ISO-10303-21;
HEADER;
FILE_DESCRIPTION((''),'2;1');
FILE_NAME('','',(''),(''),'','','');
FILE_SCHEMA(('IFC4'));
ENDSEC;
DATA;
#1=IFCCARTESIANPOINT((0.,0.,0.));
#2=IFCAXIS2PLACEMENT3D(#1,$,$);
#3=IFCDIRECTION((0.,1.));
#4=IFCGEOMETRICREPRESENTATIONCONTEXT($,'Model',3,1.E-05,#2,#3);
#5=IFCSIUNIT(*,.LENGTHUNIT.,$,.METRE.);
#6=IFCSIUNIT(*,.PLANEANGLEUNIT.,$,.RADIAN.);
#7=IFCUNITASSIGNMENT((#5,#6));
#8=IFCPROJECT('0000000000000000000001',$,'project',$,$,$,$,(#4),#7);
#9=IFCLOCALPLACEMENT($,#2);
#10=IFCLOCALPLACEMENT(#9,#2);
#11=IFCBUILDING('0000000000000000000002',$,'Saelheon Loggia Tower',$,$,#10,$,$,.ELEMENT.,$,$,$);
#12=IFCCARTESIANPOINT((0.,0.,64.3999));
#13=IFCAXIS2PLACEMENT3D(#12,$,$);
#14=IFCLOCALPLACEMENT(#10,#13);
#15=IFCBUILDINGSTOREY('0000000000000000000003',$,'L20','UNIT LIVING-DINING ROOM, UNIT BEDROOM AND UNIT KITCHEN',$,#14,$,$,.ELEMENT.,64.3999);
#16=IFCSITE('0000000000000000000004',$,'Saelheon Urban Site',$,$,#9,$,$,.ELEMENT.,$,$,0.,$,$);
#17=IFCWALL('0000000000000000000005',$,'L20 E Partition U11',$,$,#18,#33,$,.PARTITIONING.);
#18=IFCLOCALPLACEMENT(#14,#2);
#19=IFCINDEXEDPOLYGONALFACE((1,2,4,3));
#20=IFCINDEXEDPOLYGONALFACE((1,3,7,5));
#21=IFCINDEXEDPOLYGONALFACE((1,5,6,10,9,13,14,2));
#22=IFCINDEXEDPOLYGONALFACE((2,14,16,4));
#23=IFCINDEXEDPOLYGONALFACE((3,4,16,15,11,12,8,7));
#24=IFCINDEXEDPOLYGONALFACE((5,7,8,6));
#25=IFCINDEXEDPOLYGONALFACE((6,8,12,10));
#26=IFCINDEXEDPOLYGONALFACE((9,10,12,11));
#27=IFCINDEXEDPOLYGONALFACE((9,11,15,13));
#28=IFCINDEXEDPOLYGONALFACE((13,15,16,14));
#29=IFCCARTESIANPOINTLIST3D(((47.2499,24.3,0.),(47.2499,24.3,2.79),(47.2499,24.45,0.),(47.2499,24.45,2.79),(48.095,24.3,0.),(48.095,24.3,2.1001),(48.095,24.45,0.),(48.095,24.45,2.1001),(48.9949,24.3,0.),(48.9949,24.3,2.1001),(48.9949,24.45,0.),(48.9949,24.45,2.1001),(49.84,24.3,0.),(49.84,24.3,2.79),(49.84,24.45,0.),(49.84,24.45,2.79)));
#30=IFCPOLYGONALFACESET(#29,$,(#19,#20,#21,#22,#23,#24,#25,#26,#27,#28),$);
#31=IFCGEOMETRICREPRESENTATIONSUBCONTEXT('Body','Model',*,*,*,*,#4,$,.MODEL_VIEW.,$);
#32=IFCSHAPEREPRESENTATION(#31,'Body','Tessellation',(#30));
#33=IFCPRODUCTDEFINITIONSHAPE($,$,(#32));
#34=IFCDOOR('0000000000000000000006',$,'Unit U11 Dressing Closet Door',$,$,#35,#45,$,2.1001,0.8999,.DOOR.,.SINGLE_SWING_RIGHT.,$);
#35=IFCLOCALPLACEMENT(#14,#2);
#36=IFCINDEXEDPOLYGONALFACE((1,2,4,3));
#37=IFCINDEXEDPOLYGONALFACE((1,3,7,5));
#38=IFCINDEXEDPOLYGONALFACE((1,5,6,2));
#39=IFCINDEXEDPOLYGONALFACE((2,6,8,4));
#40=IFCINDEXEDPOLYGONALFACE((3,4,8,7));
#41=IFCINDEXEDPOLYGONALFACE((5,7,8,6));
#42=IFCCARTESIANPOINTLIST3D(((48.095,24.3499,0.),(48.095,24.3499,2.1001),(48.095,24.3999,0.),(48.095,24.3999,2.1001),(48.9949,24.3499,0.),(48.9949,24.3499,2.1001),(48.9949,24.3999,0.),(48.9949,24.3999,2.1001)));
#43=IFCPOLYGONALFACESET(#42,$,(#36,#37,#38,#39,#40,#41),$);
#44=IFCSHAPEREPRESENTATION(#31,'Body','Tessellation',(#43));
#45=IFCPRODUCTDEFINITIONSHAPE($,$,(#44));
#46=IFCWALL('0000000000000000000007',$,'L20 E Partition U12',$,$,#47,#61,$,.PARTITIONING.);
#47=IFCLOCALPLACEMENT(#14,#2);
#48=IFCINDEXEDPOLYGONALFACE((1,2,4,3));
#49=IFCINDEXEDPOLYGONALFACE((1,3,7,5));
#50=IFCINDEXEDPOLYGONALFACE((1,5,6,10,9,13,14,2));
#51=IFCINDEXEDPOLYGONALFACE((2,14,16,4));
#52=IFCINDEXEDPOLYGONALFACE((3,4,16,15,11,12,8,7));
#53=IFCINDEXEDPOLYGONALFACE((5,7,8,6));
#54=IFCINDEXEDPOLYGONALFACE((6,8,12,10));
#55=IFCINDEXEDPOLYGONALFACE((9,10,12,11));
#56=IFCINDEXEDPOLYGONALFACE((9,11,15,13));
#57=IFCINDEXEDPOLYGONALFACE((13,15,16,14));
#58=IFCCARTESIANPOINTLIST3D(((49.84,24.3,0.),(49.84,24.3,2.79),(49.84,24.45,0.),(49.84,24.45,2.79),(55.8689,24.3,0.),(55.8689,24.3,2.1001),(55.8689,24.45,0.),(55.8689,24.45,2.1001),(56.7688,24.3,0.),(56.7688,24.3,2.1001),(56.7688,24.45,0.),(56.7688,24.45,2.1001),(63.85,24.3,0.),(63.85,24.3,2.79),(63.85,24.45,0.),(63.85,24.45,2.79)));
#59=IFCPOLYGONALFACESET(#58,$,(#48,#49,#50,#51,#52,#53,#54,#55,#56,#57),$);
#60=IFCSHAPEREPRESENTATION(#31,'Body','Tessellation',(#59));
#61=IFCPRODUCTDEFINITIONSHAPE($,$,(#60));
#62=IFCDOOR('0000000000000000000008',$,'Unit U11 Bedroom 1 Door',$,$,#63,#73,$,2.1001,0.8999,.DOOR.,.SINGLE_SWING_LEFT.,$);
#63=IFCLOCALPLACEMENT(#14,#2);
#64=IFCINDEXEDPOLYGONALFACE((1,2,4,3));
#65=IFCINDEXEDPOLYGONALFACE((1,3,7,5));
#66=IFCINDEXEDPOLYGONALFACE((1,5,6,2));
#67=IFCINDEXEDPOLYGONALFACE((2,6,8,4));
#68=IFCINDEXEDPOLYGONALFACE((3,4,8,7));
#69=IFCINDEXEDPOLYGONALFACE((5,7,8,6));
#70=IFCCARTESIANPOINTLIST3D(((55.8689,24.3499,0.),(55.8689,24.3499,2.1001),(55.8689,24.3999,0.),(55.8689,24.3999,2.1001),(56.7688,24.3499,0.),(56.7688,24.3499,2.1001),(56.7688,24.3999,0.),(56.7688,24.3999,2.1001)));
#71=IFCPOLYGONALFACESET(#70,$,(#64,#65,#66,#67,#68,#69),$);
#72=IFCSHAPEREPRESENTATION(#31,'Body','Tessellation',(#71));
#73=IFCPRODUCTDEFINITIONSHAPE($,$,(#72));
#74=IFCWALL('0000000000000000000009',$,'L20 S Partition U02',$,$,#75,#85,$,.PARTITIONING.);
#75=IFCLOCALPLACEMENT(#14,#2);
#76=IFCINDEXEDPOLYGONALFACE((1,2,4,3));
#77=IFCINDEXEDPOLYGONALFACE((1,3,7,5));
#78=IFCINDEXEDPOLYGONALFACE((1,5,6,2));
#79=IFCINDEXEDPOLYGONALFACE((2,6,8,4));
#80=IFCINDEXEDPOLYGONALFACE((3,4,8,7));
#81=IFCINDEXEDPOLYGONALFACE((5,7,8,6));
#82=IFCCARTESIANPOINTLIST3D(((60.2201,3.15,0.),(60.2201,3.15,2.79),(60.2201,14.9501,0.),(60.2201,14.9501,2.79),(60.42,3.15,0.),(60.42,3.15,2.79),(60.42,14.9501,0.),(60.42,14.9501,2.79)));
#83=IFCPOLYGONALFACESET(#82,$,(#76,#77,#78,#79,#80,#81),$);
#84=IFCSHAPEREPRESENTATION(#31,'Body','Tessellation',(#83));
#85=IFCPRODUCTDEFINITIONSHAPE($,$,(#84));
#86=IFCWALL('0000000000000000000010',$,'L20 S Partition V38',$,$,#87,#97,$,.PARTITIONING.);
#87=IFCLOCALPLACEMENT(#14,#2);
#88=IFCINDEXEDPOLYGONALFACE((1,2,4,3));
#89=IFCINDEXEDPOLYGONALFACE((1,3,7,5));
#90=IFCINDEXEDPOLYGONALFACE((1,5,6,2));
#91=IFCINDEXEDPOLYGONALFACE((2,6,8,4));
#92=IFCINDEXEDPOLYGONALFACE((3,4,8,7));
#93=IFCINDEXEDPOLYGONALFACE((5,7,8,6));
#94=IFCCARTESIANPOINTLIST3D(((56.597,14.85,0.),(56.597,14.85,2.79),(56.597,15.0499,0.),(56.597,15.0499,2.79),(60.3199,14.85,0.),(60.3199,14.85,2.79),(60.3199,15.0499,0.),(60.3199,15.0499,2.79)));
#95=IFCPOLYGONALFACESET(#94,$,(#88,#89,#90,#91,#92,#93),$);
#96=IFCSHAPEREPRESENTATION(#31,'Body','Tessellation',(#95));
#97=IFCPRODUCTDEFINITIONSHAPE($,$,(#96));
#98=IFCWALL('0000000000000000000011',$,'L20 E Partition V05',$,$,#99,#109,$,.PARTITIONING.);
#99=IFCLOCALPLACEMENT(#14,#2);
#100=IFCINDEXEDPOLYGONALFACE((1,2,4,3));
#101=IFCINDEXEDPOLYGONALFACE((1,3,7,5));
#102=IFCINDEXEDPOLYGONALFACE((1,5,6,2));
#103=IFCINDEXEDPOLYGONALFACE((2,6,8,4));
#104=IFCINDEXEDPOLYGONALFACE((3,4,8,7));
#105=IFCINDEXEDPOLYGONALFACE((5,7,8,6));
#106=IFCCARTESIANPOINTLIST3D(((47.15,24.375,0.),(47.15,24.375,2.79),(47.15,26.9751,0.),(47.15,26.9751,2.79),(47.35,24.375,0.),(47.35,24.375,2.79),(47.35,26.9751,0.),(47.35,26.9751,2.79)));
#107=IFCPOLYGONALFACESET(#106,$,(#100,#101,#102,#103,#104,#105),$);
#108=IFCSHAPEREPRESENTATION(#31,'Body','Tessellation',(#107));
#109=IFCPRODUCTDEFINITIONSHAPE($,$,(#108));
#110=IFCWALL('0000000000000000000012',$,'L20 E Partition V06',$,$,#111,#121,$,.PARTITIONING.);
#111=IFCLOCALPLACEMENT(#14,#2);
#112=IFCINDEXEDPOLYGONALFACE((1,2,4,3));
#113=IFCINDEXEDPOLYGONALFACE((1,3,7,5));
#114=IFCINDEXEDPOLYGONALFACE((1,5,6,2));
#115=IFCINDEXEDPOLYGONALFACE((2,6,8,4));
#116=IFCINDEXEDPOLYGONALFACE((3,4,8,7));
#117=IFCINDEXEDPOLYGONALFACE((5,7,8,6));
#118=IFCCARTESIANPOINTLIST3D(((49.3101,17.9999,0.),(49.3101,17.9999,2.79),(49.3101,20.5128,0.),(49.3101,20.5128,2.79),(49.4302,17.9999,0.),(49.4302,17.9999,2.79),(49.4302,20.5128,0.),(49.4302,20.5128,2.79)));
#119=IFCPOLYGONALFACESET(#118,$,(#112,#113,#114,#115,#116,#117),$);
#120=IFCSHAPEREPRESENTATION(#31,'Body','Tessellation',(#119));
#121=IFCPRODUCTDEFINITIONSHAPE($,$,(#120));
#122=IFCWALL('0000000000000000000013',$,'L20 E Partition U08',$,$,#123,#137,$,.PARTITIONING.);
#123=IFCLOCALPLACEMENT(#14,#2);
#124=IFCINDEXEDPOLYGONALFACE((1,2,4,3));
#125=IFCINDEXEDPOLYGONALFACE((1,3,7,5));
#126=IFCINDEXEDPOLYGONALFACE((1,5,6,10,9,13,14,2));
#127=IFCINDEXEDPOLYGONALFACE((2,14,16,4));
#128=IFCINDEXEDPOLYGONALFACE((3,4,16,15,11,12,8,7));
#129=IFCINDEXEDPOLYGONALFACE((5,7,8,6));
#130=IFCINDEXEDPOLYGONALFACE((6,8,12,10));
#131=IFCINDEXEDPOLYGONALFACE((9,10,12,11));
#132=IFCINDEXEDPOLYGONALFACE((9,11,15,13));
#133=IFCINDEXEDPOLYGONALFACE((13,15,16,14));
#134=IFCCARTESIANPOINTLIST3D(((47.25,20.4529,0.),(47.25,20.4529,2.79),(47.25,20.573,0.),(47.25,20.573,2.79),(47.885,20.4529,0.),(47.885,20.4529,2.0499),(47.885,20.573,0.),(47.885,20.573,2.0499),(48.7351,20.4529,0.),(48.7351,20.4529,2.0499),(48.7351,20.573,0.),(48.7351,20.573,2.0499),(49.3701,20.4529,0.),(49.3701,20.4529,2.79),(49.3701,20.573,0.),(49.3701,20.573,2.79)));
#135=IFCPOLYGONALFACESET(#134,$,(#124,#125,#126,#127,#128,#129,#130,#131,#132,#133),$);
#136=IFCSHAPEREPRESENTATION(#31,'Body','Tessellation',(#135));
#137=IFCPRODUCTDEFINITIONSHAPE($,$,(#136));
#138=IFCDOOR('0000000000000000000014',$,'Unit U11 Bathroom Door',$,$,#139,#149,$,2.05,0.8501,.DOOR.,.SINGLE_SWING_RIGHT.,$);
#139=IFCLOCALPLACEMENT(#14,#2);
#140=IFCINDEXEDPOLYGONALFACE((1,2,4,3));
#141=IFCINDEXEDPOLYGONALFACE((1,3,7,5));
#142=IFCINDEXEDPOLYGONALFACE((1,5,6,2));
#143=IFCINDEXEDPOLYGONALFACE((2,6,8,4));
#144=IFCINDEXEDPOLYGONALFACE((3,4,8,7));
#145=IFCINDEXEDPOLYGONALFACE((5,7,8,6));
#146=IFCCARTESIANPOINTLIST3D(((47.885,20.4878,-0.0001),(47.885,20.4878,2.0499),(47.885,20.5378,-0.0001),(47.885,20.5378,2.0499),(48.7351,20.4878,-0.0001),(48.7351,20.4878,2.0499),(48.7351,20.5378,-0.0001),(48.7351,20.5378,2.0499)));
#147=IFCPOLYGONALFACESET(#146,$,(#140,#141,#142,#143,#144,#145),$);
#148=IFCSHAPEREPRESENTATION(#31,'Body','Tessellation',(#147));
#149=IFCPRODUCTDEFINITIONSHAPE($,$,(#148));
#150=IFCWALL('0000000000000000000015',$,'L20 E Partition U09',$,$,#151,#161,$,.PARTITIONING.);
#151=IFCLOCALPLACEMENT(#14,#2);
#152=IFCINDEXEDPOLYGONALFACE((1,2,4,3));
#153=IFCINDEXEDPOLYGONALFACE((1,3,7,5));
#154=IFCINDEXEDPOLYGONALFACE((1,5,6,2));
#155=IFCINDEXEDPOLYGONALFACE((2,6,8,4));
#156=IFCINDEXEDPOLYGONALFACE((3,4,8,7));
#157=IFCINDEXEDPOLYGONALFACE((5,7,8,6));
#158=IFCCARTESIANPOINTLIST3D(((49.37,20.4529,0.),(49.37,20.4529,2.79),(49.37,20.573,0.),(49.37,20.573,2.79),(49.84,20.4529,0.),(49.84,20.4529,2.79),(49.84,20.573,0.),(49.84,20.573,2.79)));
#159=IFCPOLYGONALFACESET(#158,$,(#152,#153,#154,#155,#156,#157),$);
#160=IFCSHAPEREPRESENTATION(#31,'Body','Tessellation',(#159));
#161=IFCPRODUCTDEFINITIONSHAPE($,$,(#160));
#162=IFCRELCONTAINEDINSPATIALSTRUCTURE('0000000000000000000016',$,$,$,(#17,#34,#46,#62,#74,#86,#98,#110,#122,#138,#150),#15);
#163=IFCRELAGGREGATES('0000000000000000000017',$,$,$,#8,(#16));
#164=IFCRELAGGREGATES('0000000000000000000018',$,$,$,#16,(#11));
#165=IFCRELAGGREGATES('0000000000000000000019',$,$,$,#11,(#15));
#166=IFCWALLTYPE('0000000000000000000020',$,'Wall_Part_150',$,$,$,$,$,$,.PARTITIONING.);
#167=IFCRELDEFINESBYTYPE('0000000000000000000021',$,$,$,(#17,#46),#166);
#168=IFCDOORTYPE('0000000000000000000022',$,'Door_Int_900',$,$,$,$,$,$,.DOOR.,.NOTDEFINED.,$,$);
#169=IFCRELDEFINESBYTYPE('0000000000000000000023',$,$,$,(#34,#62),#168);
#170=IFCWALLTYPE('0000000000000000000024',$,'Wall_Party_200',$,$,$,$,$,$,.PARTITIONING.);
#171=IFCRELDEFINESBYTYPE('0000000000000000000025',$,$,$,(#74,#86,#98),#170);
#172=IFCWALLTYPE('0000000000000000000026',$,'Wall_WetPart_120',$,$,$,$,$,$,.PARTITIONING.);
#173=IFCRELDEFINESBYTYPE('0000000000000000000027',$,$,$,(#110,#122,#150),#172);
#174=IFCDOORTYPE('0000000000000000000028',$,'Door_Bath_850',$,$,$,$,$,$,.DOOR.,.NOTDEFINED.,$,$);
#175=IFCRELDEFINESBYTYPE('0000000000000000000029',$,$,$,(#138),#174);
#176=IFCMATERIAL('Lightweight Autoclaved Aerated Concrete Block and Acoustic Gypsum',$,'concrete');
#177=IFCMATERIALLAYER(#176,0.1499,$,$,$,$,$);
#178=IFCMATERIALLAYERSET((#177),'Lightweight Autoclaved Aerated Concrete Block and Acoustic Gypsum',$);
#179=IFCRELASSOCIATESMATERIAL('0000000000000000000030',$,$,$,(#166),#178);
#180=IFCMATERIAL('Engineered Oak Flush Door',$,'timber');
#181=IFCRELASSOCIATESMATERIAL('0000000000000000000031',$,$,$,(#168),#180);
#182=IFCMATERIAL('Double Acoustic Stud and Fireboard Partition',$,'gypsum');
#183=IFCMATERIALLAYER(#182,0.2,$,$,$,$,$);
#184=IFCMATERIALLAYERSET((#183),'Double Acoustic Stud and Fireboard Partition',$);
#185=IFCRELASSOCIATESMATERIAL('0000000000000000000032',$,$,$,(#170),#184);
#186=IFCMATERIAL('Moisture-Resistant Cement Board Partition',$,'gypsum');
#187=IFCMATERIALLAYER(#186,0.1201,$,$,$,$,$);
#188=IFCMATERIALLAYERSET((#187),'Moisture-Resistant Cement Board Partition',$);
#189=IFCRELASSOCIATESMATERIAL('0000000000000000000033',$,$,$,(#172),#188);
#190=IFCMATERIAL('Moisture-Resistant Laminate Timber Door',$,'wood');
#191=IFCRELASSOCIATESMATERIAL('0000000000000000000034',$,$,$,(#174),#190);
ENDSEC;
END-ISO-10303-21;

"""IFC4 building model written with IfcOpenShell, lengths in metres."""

from ifc_helpers import new_model, si_unit, direction, frame, frame_2d, origin, place, context, subcontext, project, spatial, rectangle, extrude, source, transform, mapped, material, layer, layer_set, type_object, element, fill, save


model = new_model("IFC4")

# Units and contexts
model_context = context("Model", 3, precision=1e-05, world=origin(), true_north=direction((0.0, 1.0)))
body_context = subcontext(model_context, "Body", "Model", "MODEL_VIEW")
ifc_project = project(units=[si_unit("LENGTHUNIT", "METRE"), si_unit("PLANEANGLEUNIT", "RADIAN")], contexts=[model_context])

# Site, building, storey
site_placement = place(None, origin())
site = spatial("IfcSite", under=ifc_project, at=site_placement, Name="Saelheon Urban Site", CompositionType="ELEMENT", RefElevation=0.0)
building_placement = place(site_placement, origin())
building = spatial("IfcBuilding", under=site, at=building_placement, Name="Saelheon Loggia Tower", CompositionType="ELEMENT")
storey_placement = place(building_placement, frame((0.0, 0.0, 64.3999)))
storey = spatial("IfcBuildingStorey", under=building, at=storey_placement, Name="L20", Description="UNIT LIVING-DINING ROOM, UNIT BEDROOM AND UNIT KITCHEN", CompositionType="ELEMENT", Elevation=64.3999)

# Shared definitions
ifc_material_1 = material(Name="Lightweight Autoclaved Aerated Concrete Block and Acoustic Gypsum", Category="concrete")
ifc_layer_1 = layer(ifc_material_1, 0.1499)
ifc_layer_set_1 = layer_set([ifc_layer_1], Name="Lightweight Autoclaved Aerated Concrete Block and Acoustic Gypsum")
wall_type_1 = type_object("IfcWallType", Name="Wall_Part_150", PredefinedType="PARTITIONING", material=ifc_layer_set_1)
ifc_material_2 = material(Name="Engineered Oak Flush Door", Category="timber")
door_type_1 = type_object("IfcDoorType", Name="Door_Int_900", OperationType="NOTDEFINED", PredefinedType="DOOR", material=ifc_material_2)
shared_shape_1 = source(origin(), body_context, "Body", "SweptSolid", [
    extrude(rectangle(XDim=0.8999, YDim=2.1001, at=frame_2d((0.45, 1.05))), frame((0.0, 0.0249, 0.0), z_axis=(0.0, -1.0, 0.0), x_axis=(1.0, 0.0, 0.0)), (0.0, 0.0, 1.0), 0.05),
])

# Walls, openings, doors
wall_1_placement = place(storey_placement, frame((47.25, 24.375, 0.0), z_axis=(0.0, 0.0, 1.0), x_axis=(1.0, 0.0, 0.0)))
wall_1 = element("IfcWall", 1, at=wall_1_placement, inside=storey, type_object=wall_type_1, Name="L20 E Partition U11", PredefinedType="PARTITIONING", context=body_context, shape_type="SweptSolid", body=[
    extrude(rectangle(XDim=2.5901, YDim=0.1499, at=frame_2d((1.2949, 0.0))), origin(), (0.0, 0.0, 1.0), 2.79),
])
opening_1_placement = place(wall_1_placement, frame((0.845, 0.0, 0.0)))
opening_1 = element("IfcOpeningElement", 2, at=opening_1_placement, cuts=wall_1, PredefinedType="OPENING", context=body_context, shape_type="SweptSolid", body=[
    extrude(rectangle(XDim=0.8999, YDim=2.1001, at=frame_2d((0.45, 1.05))), frame((0.0, 0.0869, 0.0), z_axis=(0.0, -1.0, 0.0), x_axis=(1.0, 0.0, 0.0)), (0.0, 0.0, 1.0), 0.1738),
])
door_1_placement = place(opening_1_placement, origin())
door_1 = element("IfcDoor", 3, at=door_1_placement, inside=storey, type_object=door_type_1, Name="Unit U11 Dressing Closet Door", OperationType="SINGLE_SWING_RIGHT", OverallHeight=2.1001, OverallWidth=0.8999, PredefinedType="DOOR", context=body_context, shape_type="MappedRepresentation", body=[
    mapped(shared_shape_1, transform((0.0, 0.0, 0.0), scale=1.0)),
])
fill(opening_1, door_1)
wall_2_placement = place(storey_placement, frame((49.8401, 24.375, 0.0), z_axis=(0.0, 0.0, 1.0), x_axis=(1.0, 0.0, 0.0)))
wall_2 = element("IfcWall", 4, at=wall_2_placement, inside=storey, type_object=wall_type_1, Name="L20 E Partition U12", PredefinedType="PARTITIONING", context=body_context, shape_type="SweptSolid", body=[
    extrude(rectangle(XDim=14.01, YDim=0.1499, at=frame_2d((7.0049, 0.0))), origin(), (0.0, 0.0, 1.0), 2.79),
])
opening_2_placement = place(wall_2_placement, frame((6.0288, 0.0, 0.0)))
opening_2 = element("IfcOpeningElement", 5, at=opening_2_placement, cuts=wall_2, PredefinedType="OPENING", context=body_context, shape_type="SweptSolid", body=[
    extrude(rectangle(XDim=0.8999, YDim=2.1001, at=frame_2d((0.45, 1.05))), frame((0.0, 0.0869, 0.0), z_axis=(0.0, -1.0, 0.0), x_axis=(1.0, 0.0, 0.0)), (0.0, 0.0, 1.0), 0.1738),
])
door_2_placement = place(opening_2_placement, origin())
door_2 = element("IfcDoor", 6, at=door_2_placement, inside=storey, type_object=door_type_1, Name="Unit U11 Bedroom 1 Door", OperationType="SINGLE_SWING_LEFT", OverallHeight=2.1001, OverallWidth=0.8999, PredefinedType="DOOR", context=body_context, shape_type="MappedRepresentation", body=[
    mapped(shared_shape_1, transform((0.0, 0.0, 0.0), scale=1.0)),
])
fill(opening_2, door_2)

# Walls
ifc_material_3 = material(Name="Double Acoustic Stud and Fireboard Partition", Category="gypsum")
ifc_layer_2 = layer(ifc_material_3, 0.2)
ifc_layer_set_2 = layer_set([ifc_layer_2], Name="Double Acoustic Stud and Fireboard Partition")
wall_type_2 = type_object("IfcWallType", Name="Wall_Party_200", PredefinedType="PARTITIONING", material=ifc_layer_set_2)
wall_3_placement = place(storey_placement, frame((60.3201, 14.95, 0.0), z_axis=(0.0, 0.0, 1.0), x_axis=(0.0, -1.0, 0.0)))
element("IfcWall", 7, at=wall_3_placement, inside=storey, type_object=wall_type_2, Name="L20 S Partition U02", PredefinedType="PARTITIONING", context=body_context, shape_type="SweptSolid", body=[
    extrude(rectangle(XDim=11.8, YDim=0.2, at=frame_2d((5.8999, 0.0))), origin(), (0.0, 0.0, 1.0), 2.79),
])
wall_4_placement = place(storey_placement, frame((56.5972, 14.95, 0.0), z_axis=(0.0, 0.0, 1.0), x_axis=(1.0, 0.0, 0.0)))
element("IfcWall", 8, at=wall_4_placement, inside=storey, type_object=wall_type_2, Name="L20 S Partition V38", PredefinedType="PARTITIONING", context=body_context, shape_type="SweptSolid", body=[
    extrude(rectangle(XDim=3.7229, YDim=0.2, at=frame_2d((1.8613, 0.0))), origin(), (0.0, 0.0, 1.0), 2.79),
])

# Walls
wall_5_placement = place(storey_placement, frame((47.25, 24.375, 0.0), z_axis=(0.0, 0.0, 1.0), x_axis=(0.0, 1.0, 0.0)))
element("IfcWall", 9, at=wall_5_placement, inside=storey, type_object=wall_type_2, Name="L20 E Partition V05", PredefinedType="PARTITIONING", context=body_context, shape_type="SweptSolid", body=[
    extrude(rectangle(XDim=2.6001, YDim=0.2, at=frame_2d((1.3, 0.0))), origin(), (0.0, 0.0, 1.0), 2.79),
])
ifc_material_4 = material(Name="Moisture-Resistant Cement Board Partition", Category="gypsum")
ifc_layer_3 = layer(ifc_material_4, 0.1201)
ifc_layer_set_3 = layer_set([ifc_layer_3], Name="Moisture-Resistant Cement Board Partition")
wall_type_3 = type_object("IfcWallType", Name="Wall_WetPart_120", PredefinedType="PARTITIONING", material=ifc_layer_set_3)
wall_6_placement = place(storey_placement, frame((49.3701, 18.0, 0.0), z_axis=(0.0, 0.0, 1.0), x_axis=(0.0, 1.0, 0.0)))
element("IfcWall", 10, at=wall_6_placement, inside=storey, type_object=wall_type_3, Name="L20 E Partition V06", PredefinedType="PARTITIONING", context=body_context, shape_type="SweptSolid", body=[
    extrude(rectangle(XDim=2.5129, YDim=0.1201, at=frame_2d((1.2563, 0.0))), origin(), (0.0, 0.0, 1.0), 2.79),
])

# Wall, opening, door
wall_7_placement = place(storey_placement, frame((47.25, 20.5129, 0.0), z_axis=(0.0, 0.0, 1.0), x_axis=(1.0, 0.0, 0.0)))
wall_7 = element("IfcWall", 11, at=wall_7_placement, inside=storey, type_object=wall_type_3, Name="L20 E Partition U08", PredefinedType="PARTITIONING", context=body_context, shape_type="SweptSolid", body=[
    extrude(rectangle(XDim=2.1201, YDim=0.1201, at=frame_2d((1.0601, 0.0))), origin(), (0.0, 0.0, 1.0), 2.79),
])
opening_3_placement = place(wall_7_placement, frame((0.635, 0.0, 0.0)))
opening_3 = element("IfcOpeningElement", 12, at=opening_3_placement, cuts=wall_7, PredefinedType="OPENING", context=body_context, shape_type="SweptSolid", body=[
    extrude(rectangle(XDim=0.8501, YDim=2.05, at=frame_2d((0.425, 1.0249))), frame((0.0, 0.072, 0.0), z_axis=(0.0, -1.0, 0.0), x_axis=(1.0, 0.0, 0.0)), (0.0, 0.0, 1.0), 0.144),
])
ifc_material_5 = material(Name="Moisture-Resistant Laminate Timber Door", Category="wood")
door_type_2 = type_object("IfcDoorType", Name="Door_Bath_850", OperationType="NOTDEFINED", PredefinedType="DOOR", material=ifc_material_5)
shared_shape_2 = source(origin(), body_context, "Body", "SweptSolid", [
    extrude(rectangle(XDim=0.8501, YDim=2.05, at=frame_2d((0.425, 1.0249))), frame((0.0, 0.0249, 0.0), z_axis=(0.0, -1.0, 0.0), x_axis=(1.0, 0.0, 0.0)), (0.0, 0.0, 1.0), 0.05),
])
door_3_placement = place(opening_3_placement, origin())
door_3 = element("IfcDoor", 13, at=door_3_placement, inside=storey, type_object=door_type_2, Name="Unit U11 Bathroom Door", OperationType="SINGLE_SWING_RIGHT", OverallHeight=2.05, OverallWidth=0.8501, PredefinedType="DOOR", context=body_context, shape_type="MappedRepresentation", body=[
    mapped(shared_shape_2, transform((0.0, 0.0, 0.0), scale=1.0)),
])
fill(opening_3, door_3)

# Wall
wall_8_placement = place(storey_placement, frame((49.3701, 20.5129, 0.0), z_axis=(0.0, 0.0, 1.0), x_axis=(1.0, 0.0, 0.0)))
element("IfcWall", 14, at=wall_8_placement, inside=storey, type_object=wall_type_3, Name="L20 E Partition U09", PredefinedType="PARTITIONING", context=body_context, shape_type="SweptSolid", body=[
    extrude(rectangle(XDim=0.47, YDim=0.1201, at=frame_2d((0.2349, 0.0))), origin(), (0.0, 0.0, 1.0), 2.79),
])

save(model, "model.ifc")
